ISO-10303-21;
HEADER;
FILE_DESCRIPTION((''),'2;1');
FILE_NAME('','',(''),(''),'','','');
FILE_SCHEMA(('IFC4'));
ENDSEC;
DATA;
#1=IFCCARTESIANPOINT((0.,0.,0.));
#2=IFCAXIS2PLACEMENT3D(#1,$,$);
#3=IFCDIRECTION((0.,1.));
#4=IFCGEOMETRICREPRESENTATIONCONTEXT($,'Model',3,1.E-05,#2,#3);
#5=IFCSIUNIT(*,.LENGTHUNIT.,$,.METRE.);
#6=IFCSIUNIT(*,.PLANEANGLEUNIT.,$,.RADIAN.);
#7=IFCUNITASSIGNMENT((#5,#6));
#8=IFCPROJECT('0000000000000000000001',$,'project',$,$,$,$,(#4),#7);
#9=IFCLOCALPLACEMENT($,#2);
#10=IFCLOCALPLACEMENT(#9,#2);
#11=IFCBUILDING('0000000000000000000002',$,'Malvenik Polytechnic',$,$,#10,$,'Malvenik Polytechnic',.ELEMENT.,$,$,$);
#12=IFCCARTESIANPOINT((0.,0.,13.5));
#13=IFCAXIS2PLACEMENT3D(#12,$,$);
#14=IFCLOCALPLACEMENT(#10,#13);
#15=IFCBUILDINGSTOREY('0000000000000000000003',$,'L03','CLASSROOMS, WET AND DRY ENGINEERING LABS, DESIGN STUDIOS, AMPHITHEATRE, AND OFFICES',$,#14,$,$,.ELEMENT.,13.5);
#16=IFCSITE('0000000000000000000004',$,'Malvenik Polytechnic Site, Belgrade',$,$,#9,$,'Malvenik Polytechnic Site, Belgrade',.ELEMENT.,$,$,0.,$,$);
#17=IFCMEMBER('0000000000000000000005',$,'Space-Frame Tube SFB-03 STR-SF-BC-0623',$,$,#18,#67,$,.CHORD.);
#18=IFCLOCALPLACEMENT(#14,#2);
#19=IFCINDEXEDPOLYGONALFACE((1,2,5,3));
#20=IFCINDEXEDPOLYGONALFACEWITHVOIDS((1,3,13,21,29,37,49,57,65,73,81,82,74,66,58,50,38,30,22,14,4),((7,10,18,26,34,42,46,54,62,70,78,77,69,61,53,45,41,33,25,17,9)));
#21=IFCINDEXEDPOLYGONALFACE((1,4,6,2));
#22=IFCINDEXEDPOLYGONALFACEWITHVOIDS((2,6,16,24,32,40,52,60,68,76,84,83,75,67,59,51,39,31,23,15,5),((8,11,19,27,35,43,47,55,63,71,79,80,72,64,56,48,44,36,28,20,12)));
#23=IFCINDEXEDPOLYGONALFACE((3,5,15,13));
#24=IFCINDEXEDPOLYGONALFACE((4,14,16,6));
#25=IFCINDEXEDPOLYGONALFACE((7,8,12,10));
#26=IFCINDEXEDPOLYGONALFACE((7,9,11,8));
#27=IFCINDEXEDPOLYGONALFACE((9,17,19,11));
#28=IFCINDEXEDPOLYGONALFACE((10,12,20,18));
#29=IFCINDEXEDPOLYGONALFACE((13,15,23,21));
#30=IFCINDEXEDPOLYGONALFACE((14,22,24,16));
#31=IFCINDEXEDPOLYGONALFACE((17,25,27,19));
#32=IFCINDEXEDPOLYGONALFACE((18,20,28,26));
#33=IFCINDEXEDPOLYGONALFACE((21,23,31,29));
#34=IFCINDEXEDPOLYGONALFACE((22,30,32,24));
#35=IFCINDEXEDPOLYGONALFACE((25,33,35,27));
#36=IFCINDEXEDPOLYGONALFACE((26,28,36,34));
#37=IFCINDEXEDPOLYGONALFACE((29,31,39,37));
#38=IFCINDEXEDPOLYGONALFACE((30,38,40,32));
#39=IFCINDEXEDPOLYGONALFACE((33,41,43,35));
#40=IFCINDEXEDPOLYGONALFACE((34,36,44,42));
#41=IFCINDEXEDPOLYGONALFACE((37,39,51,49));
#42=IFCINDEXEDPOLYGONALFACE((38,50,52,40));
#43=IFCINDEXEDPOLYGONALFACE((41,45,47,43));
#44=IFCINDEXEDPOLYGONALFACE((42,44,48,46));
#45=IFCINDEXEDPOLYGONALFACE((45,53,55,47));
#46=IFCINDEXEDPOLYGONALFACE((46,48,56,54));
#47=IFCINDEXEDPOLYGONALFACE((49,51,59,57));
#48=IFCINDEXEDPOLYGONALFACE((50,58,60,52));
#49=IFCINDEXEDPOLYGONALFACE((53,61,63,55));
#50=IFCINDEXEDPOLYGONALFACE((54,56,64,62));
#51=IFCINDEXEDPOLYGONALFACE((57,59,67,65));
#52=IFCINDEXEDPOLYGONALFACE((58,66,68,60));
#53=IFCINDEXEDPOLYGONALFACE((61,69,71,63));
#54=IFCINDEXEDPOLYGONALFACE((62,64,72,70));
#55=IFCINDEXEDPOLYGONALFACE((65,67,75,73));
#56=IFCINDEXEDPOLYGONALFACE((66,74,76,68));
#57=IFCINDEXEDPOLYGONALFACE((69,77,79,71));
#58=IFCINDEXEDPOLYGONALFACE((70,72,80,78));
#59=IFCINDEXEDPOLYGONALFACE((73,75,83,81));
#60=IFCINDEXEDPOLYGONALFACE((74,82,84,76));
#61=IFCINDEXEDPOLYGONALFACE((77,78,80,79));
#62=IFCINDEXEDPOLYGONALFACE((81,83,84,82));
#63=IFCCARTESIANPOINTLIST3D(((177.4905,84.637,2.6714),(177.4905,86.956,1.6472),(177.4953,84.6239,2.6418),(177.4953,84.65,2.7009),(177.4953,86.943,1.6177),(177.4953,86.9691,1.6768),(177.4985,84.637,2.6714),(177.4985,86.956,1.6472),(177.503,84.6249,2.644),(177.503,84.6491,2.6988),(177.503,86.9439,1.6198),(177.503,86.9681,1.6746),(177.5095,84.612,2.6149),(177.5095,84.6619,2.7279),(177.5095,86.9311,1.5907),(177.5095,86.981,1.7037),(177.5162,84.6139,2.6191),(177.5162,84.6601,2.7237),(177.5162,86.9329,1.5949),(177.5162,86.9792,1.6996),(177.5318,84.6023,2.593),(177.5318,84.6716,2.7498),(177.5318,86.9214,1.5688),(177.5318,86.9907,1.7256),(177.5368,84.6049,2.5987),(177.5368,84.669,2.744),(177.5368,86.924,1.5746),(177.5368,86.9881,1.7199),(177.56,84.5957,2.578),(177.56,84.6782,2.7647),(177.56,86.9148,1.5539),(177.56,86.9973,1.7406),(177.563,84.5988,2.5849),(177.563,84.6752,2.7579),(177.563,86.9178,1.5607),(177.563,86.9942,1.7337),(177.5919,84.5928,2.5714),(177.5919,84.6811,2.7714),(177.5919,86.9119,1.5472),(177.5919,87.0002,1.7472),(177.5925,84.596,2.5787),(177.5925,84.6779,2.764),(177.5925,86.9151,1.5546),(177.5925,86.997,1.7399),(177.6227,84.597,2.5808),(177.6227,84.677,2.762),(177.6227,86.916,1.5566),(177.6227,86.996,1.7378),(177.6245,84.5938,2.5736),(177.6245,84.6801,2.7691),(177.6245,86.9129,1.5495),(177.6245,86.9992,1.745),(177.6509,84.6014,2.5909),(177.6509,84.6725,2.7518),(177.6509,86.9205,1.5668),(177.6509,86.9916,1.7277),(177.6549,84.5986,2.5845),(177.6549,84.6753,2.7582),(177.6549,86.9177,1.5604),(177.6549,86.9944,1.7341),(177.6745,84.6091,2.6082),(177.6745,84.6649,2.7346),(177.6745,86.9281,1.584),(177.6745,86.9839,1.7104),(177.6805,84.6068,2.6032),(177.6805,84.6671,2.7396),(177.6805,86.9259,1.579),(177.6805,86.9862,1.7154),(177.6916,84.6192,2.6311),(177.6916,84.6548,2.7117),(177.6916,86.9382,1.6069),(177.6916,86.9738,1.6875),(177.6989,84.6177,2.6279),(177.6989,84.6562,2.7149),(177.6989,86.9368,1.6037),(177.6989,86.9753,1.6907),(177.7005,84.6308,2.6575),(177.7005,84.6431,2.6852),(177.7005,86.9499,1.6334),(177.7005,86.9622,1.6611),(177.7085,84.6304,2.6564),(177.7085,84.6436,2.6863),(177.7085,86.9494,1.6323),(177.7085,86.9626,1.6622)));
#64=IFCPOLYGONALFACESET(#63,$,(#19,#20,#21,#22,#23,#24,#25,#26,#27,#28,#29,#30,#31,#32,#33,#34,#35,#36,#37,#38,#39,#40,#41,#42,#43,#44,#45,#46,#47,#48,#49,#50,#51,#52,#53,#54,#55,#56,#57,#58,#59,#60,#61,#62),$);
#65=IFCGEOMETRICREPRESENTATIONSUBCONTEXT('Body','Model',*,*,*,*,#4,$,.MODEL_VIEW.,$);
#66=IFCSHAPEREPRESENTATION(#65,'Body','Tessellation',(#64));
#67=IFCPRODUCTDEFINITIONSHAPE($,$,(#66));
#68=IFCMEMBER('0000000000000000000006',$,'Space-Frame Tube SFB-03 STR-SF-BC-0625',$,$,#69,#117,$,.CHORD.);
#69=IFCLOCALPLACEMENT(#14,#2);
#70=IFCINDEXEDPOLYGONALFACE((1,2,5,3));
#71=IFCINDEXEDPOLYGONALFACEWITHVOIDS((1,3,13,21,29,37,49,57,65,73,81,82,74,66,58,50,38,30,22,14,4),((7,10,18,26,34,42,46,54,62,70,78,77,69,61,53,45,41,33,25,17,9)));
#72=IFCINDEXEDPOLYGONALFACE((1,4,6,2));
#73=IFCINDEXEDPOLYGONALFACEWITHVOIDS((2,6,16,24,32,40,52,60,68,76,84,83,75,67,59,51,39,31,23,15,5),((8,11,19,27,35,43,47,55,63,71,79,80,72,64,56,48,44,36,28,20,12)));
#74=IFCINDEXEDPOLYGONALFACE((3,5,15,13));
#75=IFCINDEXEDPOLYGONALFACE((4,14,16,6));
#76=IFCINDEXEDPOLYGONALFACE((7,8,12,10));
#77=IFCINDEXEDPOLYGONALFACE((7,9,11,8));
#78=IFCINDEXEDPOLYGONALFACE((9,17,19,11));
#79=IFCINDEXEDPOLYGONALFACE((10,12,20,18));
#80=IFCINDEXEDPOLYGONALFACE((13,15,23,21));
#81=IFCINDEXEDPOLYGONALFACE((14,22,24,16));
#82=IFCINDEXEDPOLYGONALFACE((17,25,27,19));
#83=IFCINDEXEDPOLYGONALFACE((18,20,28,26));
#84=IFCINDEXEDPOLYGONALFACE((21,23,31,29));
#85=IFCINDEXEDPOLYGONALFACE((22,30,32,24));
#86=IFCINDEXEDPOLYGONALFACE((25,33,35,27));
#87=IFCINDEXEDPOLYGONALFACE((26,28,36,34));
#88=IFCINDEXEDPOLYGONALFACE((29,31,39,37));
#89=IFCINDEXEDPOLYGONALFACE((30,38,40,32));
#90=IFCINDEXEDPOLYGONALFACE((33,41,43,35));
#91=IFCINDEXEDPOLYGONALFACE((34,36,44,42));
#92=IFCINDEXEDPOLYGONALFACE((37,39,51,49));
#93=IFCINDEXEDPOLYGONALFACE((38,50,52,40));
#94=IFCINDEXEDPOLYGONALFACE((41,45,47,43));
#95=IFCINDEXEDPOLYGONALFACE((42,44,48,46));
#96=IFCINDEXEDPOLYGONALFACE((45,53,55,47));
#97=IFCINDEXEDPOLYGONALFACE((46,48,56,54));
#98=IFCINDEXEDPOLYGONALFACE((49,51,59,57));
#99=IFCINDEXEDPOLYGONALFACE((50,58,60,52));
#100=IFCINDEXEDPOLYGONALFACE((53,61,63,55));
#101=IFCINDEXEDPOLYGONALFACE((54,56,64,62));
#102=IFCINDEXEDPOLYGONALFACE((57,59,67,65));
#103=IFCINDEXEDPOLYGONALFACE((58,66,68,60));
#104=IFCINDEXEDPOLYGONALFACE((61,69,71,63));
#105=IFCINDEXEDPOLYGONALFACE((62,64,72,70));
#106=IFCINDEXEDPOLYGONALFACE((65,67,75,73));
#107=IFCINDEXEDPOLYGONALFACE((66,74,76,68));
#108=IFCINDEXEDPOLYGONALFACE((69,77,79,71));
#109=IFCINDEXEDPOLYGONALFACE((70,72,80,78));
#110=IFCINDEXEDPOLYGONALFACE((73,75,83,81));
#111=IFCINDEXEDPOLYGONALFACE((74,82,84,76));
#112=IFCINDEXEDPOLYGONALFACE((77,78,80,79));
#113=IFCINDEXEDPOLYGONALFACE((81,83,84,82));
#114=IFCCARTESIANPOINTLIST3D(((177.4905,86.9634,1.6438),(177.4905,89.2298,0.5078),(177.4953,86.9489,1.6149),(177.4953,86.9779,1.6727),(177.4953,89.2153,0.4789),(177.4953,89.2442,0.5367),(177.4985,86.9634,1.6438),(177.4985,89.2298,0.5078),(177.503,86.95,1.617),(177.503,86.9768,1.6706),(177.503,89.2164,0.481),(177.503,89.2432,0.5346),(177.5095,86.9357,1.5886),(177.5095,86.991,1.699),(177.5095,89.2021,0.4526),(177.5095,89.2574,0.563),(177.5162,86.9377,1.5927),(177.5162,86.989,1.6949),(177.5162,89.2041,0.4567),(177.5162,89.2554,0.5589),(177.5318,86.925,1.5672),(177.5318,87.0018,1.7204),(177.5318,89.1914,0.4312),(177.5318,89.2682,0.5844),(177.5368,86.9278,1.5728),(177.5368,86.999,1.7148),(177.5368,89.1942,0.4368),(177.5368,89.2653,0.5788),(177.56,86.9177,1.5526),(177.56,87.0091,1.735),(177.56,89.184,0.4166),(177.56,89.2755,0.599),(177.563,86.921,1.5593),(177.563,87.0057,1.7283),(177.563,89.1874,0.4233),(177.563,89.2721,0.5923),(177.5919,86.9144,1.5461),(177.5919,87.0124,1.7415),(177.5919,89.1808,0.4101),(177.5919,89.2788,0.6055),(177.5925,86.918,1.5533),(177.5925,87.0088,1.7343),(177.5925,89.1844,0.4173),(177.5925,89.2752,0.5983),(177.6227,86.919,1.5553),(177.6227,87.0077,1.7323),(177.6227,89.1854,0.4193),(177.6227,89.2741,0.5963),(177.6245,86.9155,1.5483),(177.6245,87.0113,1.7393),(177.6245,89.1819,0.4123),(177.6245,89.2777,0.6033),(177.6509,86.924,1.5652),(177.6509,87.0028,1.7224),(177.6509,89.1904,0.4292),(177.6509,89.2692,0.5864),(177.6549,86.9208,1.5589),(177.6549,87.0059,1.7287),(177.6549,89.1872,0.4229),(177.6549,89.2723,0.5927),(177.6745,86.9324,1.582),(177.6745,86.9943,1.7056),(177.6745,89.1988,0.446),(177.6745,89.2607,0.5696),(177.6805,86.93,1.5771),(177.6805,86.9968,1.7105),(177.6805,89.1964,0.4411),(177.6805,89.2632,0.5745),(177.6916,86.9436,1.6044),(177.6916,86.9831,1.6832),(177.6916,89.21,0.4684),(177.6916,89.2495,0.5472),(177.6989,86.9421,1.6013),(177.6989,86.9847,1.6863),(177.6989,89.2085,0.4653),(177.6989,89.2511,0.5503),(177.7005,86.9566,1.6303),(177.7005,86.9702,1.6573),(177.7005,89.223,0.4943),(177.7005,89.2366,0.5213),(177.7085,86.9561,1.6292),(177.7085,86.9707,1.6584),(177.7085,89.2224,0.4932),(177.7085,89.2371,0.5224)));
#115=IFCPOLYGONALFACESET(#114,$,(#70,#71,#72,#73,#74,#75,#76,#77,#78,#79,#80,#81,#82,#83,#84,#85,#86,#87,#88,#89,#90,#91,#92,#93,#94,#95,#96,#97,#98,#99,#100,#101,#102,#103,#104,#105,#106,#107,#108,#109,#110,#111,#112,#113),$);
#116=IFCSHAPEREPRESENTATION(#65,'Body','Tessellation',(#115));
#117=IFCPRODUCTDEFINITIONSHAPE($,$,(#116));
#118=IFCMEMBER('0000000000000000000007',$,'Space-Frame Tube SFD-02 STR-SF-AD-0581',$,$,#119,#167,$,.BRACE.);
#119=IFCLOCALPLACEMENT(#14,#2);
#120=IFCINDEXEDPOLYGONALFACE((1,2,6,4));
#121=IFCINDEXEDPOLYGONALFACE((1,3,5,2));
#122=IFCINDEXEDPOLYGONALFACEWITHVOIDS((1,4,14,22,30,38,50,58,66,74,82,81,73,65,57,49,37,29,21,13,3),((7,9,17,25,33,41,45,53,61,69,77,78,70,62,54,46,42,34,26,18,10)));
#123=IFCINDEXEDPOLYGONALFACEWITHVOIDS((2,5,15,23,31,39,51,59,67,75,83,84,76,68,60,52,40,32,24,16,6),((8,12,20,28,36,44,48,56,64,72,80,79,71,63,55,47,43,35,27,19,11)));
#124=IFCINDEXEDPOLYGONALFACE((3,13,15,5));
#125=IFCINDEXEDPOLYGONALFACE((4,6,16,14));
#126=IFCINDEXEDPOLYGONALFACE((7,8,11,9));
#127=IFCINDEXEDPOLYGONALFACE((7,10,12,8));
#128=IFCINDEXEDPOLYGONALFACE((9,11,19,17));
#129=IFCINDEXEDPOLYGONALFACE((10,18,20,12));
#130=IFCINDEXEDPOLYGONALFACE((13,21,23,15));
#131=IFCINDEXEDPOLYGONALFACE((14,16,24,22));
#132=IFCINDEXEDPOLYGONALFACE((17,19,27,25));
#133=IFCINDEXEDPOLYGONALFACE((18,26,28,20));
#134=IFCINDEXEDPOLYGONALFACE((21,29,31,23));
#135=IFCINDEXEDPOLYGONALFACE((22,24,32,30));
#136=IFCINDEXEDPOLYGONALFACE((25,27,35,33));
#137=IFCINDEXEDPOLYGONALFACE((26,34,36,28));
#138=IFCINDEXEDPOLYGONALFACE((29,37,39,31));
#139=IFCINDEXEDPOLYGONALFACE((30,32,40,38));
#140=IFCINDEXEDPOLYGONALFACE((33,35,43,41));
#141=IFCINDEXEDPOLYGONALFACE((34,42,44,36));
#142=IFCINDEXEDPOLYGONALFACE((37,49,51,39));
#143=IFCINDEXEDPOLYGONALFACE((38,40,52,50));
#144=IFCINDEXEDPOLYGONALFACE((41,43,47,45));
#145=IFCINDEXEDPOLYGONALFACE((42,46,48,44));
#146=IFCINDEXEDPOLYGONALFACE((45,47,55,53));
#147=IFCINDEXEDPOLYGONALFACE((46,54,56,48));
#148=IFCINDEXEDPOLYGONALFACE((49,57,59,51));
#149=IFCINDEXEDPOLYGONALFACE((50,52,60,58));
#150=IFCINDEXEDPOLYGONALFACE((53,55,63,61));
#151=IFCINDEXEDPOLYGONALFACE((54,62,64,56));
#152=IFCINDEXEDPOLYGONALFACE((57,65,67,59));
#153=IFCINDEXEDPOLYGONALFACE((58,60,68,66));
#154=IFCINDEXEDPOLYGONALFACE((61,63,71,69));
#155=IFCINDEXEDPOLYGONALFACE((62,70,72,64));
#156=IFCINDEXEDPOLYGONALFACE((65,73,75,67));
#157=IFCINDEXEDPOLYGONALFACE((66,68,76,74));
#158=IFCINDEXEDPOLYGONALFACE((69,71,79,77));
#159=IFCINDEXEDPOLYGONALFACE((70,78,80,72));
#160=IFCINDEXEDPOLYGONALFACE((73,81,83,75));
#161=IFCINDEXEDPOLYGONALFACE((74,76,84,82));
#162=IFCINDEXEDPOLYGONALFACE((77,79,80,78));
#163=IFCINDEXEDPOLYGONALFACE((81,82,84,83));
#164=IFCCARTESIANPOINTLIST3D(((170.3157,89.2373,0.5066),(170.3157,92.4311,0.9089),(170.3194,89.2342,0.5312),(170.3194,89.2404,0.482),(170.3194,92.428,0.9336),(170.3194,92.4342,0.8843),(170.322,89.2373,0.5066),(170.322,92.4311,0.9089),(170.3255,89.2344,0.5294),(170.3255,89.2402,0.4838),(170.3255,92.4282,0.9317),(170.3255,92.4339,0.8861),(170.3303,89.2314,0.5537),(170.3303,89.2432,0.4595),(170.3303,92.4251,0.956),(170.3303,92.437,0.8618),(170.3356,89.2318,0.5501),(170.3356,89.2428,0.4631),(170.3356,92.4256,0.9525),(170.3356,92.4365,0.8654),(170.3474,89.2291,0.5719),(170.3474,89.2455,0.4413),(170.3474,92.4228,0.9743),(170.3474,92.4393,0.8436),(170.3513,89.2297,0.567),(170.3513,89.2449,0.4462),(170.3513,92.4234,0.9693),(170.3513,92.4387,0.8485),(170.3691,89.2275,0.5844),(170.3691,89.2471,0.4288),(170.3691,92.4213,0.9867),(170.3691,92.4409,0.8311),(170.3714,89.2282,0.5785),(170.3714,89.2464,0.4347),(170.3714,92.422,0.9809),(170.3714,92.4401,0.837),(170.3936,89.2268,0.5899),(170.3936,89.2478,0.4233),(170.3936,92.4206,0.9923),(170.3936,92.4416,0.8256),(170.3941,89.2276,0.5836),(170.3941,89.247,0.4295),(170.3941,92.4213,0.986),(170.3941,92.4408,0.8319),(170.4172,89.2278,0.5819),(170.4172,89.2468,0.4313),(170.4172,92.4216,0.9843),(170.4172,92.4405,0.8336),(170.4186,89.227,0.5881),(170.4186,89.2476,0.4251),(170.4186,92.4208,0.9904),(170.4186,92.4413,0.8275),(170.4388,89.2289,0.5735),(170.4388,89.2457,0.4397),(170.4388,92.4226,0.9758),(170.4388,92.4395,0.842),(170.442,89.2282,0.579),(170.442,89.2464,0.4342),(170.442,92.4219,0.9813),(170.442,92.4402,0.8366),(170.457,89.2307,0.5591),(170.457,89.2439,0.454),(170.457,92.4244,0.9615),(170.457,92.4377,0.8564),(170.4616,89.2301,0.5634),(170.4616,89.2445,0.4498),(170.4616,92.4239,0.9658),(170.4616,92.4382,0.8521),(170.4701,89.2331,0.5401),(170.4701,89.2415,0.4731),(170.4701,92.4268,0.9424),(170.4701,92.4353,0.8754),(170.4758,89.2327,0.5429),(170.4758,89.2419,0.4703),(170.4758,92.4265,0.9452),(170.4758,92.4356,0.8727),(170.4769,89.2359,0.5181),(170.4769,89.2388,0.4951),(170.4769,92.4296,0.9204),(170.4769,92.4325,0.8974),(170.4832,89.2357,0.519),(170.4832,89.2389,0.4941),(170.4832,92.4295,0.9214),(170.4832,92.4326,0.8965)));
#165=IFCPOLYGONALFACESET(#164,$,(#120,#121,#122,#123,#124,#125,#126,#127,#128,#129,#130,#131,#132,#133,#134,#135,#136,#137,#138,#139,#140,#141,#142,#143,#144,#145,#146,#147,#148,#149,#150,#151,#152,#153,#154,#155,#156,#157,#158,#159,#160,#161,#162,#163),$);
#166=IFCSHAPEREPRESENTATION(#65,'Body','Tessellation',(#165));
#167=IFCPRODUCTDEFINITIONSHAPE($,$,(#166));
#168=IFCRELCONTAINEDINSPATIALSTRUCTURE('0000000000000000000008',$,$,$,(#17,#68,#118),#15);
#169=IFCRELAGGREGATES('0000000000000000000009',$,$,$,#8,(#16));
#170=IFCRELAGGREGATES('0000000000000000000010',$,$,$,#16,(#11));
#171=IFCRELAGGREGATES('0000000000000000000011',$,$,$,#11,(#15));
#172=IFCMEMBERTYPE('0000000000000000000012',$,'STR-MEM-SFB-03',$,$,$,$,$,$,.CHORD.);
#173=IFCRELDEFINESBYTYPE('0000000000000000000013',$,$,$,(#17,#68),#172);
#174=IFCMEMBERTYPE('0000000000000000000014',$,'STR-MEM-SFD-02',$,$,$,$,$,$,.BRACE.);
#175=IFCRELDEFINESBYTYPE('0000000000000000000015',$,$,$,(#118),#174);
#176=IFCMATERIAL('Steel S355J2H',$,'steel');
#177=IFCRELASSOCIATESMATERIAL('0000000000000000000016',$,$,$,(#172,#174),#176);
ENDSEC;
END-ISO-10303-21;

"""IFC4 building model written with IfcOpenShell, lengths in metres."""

from ifc_helpers import new_model, si_unit, direction, frame, origin, origin_2d, place, context, subcontext, project, spatial, hollow_circle, extrude, material, material_profile, profile_set, type_object, element, save


model = new_model("IFC4")

# Units and contexts
model_context = context("Model", 3, precision=1e-05, world=origin(), true_north=direction((0.0, 1.0)))
body_context = subcontext(model_context, "Body", "Model", "MODEL_VIEW")
ifc_project = project(units=[si_unit("LENGTHUNIT", "METRE"), si_unit("PLANEANGLEUNIT", "RADIAN")], contexts=[model_context])

# Site, building, storey
site_placement = place(None, origin())
site = spatial("IfcSite", under=ifc_project, at=site_placement, Name="Malvenik Polytechnic Site, Belgrade", LongName="Malvenik Polytechnic Site, Belgrade", CompositionType="ELEMENT", RefElevation=0.0)
building_placement = place(site_placement, origin())
building = spatial("IfcBuilding", under=site, at=building_placement, Name="Malvenik Polytechnic", LongName="Malvenik Polytechnic", CompositionType="ELEMENT")
storey_placement = place(building_placement, frame((0.0, 0.0, 13.5)))
storey = spatial("IfcBuildingStorey", under=building, at=storey_placement, Name="L03", Description="CLASSROOMS, WET AND DRY ENGINEERING LABS, DESIGN STUDIOS, AMPHITHEATRE, AND OFFICES", CompositionType="ELEMENT", Elevation=13.5)

# Members
ifc_material_1 = material(Name="Steel S355J2H", Category="steel")
ifc_material_profile_1 = material_profile(ifc_material_1, hollow_circle(Radius=0.1096, WallThickness=0.0081, at=origin_2d()), Name="CHS 219.1x8.0")
ifc_profile_set_1 = profile_set([ifc_material_profile_1], Name="Steel S355J2H")
member_type_1 = type_object("IfcMemberType", Name="STR-MEM-SFB-03", PredefinedType="CHORD", material=ifc_profile_set_1)
for number, where, z_axis, x_axis, name in (
    (1, (177.6001, 84.637, 2.6714), (0.0, 0.914766, -0.403984), (-1.0, 0.0, 0.0), "Space-Frame Tube SFB-03 STR-SF-BC-0623"),
    (2, (177.6001, 86.9634, 1.6438), (0.0, 0.893984, -0.448099), (-1.0, 0.0, 0.0), "Space-Frame Tube SFB-03 STR-SF-BC-0625"),
):
    element("IfcMember", number, at=place(storey_placement, frame(where, z_axis=z_axis, x_axis=x_axis)), inside=storey, type_object=member_type_1, Name=name, PredefinedType="CHORD", context=body_context, shape_type="SweptSolid", body=[
        extrude(hollow_circle(Radius=0.1096, WallThickness=0.0081, at=origin_2d()), origin(), (0.0, 0.0, 1.0), 2.5352),
    ])
ifc_material_profile_2 = material_profile(ifc_material_1, hollow_circle(Radius=0.0842, WallThickness=0.0063, at=origin_2d()), Name="CHS 168.3x6.3")
ifc_profile_set_2 = profile_set([ifc_material_profile_2], Name="Steel S355J2H")
member_type_2 = type_object("IfcMemberType", Name="STR-MEM-SFD-02", PredefinedType="BRACE", material=ifc_profile_set_2)
member_1_placement = place(storey_placement, frame((170.3999, 89.2373, 0.5066), z_axis=(0.0, 0.992158, 0.124987), x_axis=(-1.0, 0.0, 0.0)))
element("IfcMember", 3, at=member_1_placement, inside=storey, type_object=member_type_2, Name="Space-Frame Tube SFD-02 STR-SF-AD-0581", PredefinedType="BRACE", context=body_context, shape_type="SweptSolid", body=[
    extrude(hollow_circle(Radius=0.0842, WallThickness=0.0063, at=origin_2d()), origin(), (0.0, 0.0, 1.0), 3.219),
])

save(model, "model.ifc")
